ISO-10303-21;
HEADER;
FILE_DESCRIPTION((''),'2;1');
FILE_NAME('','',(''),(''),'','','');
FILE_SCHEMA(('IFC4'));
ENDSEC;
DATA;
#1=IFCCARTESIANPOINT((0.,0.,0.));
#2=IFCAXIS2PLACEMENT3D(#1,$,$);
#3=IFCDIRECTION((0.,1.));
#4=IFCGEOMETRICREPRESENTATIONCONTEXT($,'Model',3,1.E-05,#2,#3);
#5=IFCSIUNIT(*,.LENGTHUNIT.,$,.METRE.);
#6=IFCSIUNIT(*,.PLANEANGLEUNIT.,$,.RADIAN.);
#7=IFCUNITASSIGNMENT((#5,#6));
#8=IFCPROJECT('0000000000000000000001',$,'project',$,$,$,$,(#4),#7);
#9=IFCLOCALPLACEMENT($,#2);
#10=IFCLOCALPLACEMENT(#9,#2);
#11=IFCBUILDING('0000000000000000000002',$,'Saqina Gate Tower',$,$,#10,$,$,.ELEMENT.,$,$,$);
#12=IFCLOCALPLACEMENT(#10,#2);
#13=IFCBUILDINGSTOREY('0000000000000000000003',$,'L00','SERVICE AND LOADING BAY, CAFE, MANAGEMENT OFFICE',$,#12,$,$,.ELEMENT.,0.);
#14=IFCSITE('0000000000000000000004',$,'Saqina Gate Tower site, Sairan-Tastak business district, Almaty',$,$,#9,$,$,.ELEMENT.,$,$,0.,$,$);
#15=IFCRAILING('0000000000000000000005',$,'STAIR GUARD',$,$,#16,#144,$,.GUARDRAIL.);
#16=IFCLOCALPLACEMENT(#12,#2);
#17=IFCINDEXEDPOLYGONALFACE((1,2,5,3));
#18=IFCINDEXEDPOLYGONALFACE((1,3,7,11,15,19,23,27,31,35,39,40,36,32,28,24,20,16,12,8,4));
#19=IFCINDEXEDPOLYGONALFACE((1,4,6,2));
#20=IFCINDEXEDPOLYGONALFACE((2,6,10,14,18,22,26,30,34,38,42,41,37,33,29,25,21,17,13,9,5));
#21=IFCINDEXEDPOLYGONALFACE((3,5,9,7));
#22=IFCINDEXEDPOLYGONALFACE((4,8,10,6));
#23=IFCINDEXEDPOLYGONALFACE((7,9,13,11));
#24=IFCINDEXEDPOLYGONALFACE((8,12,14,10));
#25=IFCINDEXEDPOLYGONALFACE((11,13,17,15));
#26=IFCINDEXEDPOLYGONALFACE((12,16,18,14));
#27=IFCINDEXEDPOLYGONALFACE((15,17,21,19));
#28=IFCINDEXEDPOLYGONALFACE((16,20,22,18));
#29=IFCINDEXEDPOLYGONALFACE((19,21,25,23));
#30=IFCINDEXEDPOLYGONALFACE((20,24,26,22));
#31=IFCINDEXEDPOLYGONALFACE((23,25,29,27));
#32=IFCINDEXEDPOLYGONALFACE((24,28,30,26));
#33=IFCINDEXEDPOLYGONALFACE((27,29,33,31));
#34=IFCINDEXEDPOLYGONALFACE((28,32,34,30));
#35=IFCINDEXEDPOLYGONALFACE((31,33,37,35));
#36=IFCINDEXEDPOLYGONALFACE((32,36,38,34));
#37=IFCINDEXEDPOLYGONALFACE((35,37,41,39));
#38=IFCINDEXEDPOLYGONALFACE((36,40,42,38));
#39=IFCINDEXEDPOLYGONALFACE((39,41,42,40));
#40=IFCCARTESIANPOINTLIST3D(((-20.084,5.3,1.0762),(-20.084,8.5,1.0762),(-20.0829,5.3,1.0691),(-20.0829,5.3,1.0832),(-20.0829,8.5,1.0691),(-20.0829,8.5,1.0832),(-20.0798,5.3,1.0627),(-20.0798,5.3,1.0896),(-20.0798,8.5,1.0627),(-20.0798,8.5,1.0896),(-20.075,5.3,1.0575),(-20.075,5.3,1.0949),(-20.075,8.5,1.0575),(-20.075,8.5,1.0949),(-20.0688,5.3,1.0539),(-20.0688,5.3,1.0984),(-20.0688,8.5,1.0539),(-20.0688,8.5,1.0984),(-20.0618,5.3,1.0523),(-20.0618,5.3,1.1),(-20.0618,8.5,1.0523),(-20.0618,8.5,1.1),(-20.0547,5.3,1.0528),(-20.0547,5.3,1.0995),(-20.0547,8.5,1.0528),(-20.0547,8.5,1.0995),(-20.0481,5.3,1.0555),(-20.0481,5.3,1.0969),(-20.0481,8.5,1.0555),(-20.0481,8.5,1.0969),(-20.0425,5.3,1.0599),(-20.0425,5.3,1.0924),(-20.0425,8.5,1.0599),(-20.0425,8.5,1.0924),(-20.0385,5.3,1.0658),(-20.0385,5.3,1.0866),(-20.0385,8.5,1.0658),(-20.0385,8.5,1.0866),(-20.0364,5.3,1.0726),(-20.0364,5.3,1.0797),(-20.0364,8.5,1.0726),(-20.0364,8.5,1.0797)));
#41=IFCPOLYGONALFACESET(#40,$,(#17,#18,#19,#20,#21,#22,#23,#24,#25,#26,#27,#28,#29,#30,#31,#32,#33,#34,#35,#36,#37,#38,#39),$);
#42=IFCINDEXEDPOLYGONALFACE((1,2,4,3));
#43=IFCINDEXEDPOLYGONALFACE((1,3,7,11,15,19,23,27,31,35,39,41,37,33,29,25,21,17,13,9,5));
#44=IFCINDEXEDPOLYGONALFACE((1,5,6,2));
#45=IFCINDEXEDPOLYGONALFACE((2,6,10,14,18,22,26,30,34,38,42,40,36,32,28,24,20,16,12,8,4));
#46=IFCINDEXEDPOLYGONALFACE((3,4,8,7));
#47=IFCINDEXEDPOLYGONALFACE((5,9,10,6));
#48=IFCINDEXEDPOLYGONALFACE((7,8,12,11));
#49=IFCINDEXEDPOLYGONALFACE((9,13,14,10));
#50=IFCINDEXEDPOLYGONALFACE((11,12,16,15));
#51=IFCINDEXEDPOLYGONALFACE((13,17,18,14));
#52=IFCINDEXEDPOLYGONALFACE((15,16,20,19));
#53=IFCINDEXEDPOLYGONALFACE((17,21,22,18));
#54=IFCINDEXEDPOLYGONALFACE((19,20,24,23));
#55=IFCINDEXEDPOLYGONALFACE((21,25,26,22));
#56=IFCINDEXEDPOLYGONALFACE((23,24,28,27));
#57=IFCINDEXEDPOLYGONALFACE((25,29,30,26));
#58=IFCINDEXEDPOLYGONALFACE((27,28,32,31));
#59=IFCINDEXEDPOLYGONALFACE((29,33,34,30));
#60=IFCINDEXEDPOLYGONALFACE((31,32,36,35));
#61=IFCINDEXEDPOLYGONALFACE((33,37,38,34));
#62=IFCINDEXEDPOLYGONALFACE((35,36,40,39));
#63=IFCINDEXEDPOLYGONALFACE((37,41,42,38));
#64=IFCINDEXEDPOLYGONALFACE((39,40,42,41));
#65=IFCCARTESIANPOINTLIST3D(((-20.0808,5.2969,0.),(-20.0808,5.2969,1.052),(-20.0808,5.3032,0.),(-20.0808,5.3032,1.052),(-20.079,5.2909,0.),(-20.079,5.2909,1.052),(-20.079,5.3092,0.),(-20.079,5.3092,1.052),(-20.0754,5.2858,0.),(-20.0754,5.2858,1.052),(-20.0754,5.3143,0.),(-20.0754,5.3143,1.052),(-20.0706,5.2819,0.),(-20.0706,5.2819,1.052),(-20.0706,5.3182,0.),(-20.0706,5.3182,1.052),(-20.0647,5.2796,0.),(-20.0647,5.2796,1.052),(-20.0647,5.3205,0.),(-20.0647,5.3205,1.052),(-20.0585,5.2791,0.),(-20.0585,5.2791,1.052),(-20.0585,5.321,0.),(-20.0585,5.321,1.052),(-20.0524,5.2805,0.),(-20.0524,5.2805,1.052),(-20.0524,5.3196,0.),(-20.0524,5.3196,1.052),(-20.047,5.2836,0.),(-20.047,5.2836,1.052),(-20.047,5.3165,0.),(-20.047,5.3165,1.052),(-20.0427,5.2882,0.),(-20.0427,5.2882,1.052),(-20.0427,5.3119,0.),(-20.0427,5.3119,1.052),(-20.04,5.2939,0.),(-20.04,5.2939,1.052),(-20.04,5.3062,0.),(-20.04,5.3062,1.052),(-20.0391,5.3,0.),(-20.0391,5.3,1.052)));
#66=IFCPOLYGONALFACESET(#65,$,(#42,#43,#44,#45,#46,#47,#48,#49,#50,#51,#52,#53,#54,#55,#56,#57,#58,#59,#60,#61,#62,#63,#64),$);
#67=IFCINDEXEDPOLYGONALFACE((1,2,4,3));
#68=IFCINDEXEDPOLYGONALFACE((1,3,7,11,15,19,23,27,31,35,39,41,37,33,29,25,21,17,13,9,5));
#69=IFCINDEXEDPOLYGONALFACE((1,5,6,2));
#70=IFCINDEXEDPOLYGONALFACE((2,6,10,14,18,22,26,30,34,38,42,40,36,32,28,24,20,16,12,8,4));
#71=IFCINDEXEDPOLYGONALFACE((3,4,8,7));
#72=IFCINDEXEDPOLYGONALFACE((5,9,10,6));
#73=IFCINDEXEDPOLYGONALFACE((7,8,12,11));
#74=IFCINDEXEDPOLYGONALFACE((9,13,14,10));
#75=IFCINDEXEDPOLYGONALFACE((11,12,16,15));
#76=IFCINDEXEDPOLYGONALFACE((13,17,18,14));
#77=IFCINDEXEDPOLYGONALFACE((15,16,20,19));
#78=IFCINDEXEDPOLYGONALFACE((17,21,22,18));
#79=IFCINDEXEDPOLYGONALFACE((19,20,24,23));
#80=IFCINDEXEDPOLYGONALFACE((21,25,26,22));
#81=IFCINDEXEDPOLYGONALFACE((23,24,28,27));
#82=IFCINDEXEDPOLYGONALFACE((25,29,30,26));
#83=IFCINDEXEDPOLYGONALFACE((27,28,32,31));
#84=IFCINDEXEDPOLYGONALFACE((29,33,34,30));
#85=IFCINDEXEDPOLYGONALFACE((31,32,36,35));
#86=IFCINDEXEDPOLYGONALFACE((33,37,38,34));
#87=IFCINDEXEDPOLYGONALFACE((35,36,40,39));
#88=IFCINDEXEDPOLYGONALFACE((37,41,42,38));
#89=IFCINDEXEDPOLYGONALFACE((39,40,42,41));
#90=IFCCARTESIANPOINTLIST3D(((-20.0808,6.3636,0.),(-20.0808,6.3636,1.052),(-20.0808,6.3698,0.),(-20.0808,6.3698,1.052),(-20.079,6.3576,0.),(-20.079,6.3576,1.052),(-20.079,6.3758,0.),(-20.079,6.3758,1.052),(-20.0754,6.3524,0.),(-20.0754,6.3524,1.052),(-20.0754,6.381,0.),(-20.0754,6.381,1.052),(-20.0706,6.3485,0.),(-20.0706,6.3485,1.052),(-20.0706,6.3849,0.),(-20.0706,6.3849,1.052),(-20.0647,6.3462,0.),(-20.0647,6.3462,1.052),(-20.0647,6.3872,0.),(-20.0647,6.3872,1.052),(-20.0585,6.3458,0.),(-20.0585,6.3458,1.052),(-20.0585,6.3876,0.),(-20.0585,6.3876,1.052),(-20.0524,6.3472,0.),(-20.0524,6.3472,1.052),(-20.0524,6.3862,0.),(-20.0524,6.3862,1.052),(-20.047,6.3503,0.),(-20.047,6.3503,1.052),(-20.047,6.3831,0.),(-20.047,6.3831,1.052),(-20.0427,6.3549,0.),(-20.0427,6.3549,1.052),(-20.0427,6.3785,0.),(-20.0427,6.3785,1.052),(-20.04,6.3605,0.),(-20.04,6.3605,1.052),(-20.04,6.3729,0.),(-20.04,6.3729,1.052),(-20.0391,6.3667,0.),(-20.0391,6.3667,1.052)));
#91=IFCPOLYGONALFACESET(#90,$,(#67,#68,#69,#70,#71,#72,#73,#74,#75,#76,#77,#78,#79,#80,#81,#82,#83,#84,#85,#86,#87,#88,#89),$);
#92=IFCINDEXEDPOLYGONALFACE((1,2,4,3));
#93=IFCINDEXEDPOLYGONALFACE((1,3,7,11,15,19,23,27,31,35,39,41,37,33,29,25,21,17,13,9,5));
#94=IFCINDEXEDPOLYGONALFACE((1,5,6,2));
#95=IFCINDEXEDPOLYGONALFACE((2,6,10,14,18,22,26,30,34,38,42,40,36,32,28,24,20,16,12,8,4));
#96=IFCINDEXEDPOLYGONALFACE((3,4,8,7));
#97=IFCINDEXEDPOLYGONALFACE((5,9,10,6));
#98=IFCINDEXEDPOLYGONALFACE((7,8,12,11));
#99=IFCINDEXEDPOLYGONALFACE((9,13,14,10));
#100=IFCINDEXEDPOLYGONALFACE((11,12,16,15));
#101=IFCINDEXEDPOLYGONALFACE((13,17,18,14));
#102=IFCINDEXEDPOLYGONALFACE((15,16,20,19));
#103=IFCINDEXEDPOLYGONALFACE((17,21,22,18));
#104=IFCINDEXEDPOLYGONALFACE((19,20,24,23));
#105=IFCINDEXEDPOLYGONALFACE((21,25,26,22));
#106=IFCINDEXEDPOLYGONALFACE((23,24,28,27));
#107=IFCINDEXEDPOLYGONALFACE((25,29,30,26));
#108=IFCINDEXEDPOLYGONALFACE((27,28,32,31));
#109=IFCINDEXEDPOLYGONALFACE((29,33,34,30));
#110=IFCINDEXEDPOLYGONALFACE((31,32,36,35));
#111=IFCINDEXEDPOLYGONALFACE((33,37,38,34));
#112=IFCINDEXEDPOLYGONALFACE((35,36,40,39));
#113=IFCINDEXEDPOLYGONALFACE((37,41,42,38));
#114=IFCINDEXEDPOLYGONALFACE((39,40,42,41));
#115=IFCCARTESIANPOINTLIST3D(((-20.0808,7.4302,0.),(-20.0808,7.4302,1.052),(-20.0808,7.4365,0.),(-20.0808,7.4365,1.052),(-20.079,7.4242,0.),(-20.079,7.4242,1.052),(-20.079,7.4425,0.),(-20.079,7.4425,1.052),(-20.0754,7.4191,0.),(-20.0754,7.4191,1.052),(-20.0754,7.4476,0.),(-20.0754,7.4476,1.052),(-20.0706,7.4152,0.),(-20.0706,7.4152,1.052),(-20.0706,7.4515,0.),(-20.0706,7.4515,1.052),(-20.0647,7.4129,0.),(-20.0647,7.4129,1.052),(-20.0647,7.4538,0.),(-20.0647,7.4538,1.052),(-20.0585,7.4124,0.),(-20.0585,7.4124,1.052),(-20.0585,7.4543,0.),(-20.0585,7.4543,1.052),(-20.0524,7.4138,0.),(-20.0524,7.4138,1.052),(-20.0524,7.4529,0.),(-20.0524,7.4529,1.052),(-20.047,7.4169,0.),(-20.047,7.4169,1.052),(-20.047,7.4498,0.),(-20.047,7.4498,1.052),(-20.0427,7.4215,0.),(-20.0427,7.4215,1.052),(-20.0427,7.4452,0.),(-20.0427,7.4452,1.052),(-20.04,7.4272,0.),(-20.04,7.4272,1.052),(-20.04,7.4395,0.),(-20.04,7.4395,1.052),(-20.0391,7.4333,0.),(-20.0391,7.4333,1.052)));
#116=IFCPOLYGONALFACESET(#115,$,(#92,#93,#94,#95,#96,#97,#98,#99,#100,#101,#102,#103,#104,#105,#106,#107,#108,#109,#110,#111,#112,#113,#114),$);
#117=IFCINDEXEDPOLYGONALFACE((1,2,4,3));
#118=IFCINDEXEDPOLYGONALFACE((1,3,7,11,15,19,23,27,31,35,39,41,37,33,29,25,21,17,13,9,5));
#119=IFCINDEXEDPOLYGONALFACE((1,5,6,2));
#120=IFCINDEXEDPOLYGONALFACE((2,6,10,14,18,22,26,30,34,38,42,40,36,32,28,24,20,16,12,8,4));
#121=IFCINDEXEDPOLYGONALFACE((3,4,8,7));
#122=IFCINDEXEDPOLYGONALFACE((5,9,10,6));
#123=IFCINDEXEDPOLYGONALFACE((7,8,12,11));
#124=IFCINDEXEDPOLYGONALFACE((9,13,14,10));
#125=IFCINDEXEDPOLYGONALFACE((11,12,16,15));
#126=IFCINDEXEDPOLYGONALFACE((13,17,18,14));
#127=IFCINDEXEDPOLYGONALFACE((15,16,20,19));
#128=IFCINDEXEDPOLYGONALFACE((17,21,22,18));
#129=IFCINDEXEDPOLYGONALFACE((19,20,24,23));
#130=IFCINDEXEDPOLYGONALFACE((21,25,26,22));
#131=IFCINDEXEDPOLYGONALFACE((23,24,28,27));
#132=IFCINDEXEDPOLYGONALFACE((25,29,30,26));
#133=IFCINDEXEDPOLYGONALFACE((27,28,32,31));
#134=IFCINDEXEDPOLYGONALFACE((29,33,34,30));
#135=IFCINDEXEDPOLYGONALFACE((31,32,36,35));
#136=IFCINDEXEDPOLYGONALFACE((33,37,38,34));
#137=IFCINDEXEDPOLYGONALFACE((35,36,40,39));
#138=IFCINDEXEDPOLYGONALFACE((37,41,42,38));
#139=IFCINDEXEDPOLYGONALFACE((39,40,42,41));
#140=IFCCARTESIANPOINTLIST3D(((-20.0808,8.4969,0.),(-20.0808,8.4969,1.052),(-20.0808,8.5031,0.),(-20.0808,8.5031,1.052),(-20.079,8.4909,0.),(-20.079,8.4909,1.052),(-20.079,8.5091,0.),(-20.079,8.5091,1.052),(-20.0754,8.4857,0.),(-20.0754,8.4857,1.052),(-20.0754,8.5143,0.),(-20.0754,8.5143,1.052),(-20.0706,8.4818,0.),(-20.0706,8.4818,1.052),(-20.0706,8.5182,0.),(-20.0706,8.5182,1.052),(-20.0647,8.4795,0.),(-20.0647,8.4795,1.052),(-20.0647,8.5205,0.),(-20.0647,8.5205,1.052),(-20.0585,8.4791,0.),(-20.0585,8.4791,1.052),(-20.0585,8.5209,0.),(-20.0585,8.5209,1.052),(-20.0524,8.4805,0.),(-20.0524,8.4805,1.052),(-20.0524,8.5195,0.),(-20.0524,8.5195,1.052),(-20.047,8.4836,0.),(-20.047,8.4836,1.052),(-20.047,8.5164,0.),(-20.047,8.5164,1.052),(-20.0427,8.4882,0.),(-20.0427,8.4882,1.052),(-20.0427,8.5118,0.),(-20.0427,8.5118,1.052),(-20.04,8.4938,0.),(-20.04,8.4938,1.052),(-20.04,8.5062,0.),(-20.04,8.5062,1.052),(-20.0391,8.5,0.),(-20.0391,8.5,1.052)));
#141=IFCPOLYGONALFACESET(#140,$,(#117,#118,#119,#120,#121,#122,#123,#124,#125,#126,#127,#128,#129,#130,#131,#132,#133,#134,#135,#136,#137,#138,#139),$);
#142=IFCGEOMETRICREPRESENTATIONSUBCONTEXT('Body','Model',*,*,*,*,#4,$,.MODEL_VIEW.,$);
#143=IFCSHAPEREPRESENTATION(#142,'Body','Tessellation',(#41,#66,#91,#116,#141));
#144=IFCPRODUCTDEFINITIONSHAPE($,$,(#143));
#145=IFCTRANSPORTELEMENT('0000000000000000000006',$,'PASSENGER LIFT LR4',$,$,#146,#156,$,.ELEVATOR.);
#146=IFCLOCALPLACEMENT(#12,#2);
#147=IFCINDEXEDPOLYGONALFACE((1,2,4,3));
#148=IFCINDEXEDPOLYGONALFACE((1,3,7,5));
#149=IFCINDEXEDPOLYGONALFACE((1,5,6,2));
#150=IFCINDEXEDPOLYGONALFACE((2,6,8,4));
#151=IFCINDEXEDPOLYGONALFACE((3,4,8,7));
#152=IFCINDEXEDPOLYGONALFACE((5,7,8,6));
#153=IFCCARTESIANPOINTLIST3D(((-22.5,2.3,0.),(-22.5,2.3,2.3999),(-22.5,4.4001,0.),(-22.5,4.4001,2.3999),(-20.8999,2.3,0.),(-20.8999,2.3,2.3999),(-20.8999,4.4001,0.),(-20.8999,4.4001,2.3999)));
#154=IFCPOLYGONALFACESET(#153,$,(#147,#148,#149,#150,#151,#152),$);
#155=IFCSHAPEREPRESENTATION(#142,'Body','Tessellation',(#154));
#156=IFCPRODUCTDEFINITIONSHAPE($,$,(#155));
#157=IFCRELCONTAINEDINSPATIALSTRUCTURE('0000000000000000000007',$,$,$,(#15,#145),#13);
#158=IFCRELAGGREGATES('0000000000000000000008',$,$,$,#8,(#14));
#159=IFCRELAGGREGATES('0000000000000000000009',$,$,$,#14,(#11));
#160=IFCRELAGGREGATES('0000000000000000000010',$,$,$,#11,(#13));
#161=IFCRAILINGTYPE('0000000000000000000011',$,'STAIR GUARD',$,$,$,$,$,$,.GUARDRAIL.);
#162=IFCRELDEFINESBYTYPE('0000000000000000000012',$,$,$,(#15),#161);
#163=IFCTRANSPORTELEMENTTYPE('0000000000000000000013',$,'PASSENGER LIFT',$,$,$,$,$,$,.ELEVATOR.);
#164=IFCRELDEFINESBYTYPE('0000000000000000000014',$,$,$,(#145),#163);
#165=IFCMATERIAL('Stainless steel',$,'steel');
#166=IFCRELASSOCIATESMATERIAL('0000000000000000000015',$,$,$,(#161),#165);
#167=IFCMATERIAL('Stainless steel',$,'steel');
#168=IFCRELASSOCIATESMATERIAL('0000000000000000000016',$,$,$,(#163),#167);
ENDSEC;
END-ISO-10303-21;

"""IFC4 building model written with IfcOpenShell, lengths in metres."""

from ifc_helpers import new_model, si_unit, direction, frame, origin, origin_2d, place, context, subcontext, project, spatial, rectangle, circle, extrude, material, type_object, element, save


model = new_model("IFC4")

# Units and contexts
model_context = context("Model", 3, precision=1e-05, world=origin(), true_north=direction((0.0, 1.0)))
body_context = subcontext(model_context, "Body", "Model", "MODEL_VIEW")
ifc_project = project(units=[si_unit("LENGTHUNIT", "METRE"), si_unit("PLANEANGLEUNIT", "RADIAN")], contexts=[model_context])

# Site, building, storey
site_placement = place(None, origin())
site = spatial("IfcSite", under=ifc_project, at=site_placement, Name="Saqina Gate Tower site, Sairan-Tastak business district, Almaty", CompositionType="ELEMENT", RefElevation=0.0)
building_placement = place(site_placement, origin())
building = spatial("IfcBuilding", under=site, at=building_placement, Name="Saqina Gate Tower", CompositionType="ELEMENT")
storey_placement = place(building_placement, origin())
storey = spatial("IfcBuildingStorey", under=building, at=storey_placement, Name="L00", Description="SERVICE AND LOADING BAY, CAFE, MANAGEMENT OFFICE", CompositionType="ELEMENT", Elevation=0.0)

# Railing
ifc_material_1 = material(Name="Stainless steel", Category="steel")
railing_type = type_object("IfcRailingType", Name="STAIR GUARD", PredefinedType="GUARDRAIL", material=ifc_material_1)
railing_placement = place(storey_placement, frame((-20.0601, 5.3, 0.0)))
element("IfcRailing", 1, at=railing_placement, inside=storey, type_object=railing_type, Name="STAIR GUARD", PredefinedType="GUARDRAIL", context=body_context, shape_type="SweptSolid", body=[
    extrude(circle(Radius=0.0239, at=origin_2d()), frame((0.0, 0.0, 1.0762), z_axis=(0.0, 1.0, 0.0), x_axis=(-1.0, 0.0, 0.0)), (0.0, 0.0, 1.0), 3.2),
    extrude(circle(Radius=0.021, at=origin_2d()), origin(), (0.0, 0.0, 1.0), 1.052),
    extrude(circle(Radius=0.021, at=origin_2d()), frame((0.0, 1.0667, 0.0)), (0.0, 0.0, 1.0), 1.052),
    extrude(circle(Radius=0.021, at=origin_2d()), frame((0.0, 2.1333, 0.0)), (0.0, 0.0, 1.0), 1.052),
    extrude(circle(Radius=0.021, at=origin_2d()), frame((0.0, 3.2, 0.0)), (0.0, 0.0, 1.0), 1.052),
])

# Transport element
ifc_material_2 = material(Name="Stainless steel", Category="steel")
transport_element_type = type_object("IfcTransportElementType", Name="PASSENGER LIFT", PredefinedType="ELEVATOR", material=ifc_material_2)
transport_element_placement = place(storey_placement, frame((-21.7, 3.3501, 0.0), z_axis=(0.0, 0.0, 1.0), x_axis=(1.0, 0.0, 0.0)))
element("IfcTransportElement", 2, at=transport_element_placement, inside=storey, type_object=transport_element_type, Name="PASSENGER LIFT LR4", PredefinedType="ELEVATOR", context=body_context, shape_type="SweptSolid", body=[
    extrude(rectangle(XDim=1.6001, YDim=2.1001, at=origin_2d()), origin(), (0.0, 0.0, 1.0), 2.3999),
])

save(model, "model.ifc")
